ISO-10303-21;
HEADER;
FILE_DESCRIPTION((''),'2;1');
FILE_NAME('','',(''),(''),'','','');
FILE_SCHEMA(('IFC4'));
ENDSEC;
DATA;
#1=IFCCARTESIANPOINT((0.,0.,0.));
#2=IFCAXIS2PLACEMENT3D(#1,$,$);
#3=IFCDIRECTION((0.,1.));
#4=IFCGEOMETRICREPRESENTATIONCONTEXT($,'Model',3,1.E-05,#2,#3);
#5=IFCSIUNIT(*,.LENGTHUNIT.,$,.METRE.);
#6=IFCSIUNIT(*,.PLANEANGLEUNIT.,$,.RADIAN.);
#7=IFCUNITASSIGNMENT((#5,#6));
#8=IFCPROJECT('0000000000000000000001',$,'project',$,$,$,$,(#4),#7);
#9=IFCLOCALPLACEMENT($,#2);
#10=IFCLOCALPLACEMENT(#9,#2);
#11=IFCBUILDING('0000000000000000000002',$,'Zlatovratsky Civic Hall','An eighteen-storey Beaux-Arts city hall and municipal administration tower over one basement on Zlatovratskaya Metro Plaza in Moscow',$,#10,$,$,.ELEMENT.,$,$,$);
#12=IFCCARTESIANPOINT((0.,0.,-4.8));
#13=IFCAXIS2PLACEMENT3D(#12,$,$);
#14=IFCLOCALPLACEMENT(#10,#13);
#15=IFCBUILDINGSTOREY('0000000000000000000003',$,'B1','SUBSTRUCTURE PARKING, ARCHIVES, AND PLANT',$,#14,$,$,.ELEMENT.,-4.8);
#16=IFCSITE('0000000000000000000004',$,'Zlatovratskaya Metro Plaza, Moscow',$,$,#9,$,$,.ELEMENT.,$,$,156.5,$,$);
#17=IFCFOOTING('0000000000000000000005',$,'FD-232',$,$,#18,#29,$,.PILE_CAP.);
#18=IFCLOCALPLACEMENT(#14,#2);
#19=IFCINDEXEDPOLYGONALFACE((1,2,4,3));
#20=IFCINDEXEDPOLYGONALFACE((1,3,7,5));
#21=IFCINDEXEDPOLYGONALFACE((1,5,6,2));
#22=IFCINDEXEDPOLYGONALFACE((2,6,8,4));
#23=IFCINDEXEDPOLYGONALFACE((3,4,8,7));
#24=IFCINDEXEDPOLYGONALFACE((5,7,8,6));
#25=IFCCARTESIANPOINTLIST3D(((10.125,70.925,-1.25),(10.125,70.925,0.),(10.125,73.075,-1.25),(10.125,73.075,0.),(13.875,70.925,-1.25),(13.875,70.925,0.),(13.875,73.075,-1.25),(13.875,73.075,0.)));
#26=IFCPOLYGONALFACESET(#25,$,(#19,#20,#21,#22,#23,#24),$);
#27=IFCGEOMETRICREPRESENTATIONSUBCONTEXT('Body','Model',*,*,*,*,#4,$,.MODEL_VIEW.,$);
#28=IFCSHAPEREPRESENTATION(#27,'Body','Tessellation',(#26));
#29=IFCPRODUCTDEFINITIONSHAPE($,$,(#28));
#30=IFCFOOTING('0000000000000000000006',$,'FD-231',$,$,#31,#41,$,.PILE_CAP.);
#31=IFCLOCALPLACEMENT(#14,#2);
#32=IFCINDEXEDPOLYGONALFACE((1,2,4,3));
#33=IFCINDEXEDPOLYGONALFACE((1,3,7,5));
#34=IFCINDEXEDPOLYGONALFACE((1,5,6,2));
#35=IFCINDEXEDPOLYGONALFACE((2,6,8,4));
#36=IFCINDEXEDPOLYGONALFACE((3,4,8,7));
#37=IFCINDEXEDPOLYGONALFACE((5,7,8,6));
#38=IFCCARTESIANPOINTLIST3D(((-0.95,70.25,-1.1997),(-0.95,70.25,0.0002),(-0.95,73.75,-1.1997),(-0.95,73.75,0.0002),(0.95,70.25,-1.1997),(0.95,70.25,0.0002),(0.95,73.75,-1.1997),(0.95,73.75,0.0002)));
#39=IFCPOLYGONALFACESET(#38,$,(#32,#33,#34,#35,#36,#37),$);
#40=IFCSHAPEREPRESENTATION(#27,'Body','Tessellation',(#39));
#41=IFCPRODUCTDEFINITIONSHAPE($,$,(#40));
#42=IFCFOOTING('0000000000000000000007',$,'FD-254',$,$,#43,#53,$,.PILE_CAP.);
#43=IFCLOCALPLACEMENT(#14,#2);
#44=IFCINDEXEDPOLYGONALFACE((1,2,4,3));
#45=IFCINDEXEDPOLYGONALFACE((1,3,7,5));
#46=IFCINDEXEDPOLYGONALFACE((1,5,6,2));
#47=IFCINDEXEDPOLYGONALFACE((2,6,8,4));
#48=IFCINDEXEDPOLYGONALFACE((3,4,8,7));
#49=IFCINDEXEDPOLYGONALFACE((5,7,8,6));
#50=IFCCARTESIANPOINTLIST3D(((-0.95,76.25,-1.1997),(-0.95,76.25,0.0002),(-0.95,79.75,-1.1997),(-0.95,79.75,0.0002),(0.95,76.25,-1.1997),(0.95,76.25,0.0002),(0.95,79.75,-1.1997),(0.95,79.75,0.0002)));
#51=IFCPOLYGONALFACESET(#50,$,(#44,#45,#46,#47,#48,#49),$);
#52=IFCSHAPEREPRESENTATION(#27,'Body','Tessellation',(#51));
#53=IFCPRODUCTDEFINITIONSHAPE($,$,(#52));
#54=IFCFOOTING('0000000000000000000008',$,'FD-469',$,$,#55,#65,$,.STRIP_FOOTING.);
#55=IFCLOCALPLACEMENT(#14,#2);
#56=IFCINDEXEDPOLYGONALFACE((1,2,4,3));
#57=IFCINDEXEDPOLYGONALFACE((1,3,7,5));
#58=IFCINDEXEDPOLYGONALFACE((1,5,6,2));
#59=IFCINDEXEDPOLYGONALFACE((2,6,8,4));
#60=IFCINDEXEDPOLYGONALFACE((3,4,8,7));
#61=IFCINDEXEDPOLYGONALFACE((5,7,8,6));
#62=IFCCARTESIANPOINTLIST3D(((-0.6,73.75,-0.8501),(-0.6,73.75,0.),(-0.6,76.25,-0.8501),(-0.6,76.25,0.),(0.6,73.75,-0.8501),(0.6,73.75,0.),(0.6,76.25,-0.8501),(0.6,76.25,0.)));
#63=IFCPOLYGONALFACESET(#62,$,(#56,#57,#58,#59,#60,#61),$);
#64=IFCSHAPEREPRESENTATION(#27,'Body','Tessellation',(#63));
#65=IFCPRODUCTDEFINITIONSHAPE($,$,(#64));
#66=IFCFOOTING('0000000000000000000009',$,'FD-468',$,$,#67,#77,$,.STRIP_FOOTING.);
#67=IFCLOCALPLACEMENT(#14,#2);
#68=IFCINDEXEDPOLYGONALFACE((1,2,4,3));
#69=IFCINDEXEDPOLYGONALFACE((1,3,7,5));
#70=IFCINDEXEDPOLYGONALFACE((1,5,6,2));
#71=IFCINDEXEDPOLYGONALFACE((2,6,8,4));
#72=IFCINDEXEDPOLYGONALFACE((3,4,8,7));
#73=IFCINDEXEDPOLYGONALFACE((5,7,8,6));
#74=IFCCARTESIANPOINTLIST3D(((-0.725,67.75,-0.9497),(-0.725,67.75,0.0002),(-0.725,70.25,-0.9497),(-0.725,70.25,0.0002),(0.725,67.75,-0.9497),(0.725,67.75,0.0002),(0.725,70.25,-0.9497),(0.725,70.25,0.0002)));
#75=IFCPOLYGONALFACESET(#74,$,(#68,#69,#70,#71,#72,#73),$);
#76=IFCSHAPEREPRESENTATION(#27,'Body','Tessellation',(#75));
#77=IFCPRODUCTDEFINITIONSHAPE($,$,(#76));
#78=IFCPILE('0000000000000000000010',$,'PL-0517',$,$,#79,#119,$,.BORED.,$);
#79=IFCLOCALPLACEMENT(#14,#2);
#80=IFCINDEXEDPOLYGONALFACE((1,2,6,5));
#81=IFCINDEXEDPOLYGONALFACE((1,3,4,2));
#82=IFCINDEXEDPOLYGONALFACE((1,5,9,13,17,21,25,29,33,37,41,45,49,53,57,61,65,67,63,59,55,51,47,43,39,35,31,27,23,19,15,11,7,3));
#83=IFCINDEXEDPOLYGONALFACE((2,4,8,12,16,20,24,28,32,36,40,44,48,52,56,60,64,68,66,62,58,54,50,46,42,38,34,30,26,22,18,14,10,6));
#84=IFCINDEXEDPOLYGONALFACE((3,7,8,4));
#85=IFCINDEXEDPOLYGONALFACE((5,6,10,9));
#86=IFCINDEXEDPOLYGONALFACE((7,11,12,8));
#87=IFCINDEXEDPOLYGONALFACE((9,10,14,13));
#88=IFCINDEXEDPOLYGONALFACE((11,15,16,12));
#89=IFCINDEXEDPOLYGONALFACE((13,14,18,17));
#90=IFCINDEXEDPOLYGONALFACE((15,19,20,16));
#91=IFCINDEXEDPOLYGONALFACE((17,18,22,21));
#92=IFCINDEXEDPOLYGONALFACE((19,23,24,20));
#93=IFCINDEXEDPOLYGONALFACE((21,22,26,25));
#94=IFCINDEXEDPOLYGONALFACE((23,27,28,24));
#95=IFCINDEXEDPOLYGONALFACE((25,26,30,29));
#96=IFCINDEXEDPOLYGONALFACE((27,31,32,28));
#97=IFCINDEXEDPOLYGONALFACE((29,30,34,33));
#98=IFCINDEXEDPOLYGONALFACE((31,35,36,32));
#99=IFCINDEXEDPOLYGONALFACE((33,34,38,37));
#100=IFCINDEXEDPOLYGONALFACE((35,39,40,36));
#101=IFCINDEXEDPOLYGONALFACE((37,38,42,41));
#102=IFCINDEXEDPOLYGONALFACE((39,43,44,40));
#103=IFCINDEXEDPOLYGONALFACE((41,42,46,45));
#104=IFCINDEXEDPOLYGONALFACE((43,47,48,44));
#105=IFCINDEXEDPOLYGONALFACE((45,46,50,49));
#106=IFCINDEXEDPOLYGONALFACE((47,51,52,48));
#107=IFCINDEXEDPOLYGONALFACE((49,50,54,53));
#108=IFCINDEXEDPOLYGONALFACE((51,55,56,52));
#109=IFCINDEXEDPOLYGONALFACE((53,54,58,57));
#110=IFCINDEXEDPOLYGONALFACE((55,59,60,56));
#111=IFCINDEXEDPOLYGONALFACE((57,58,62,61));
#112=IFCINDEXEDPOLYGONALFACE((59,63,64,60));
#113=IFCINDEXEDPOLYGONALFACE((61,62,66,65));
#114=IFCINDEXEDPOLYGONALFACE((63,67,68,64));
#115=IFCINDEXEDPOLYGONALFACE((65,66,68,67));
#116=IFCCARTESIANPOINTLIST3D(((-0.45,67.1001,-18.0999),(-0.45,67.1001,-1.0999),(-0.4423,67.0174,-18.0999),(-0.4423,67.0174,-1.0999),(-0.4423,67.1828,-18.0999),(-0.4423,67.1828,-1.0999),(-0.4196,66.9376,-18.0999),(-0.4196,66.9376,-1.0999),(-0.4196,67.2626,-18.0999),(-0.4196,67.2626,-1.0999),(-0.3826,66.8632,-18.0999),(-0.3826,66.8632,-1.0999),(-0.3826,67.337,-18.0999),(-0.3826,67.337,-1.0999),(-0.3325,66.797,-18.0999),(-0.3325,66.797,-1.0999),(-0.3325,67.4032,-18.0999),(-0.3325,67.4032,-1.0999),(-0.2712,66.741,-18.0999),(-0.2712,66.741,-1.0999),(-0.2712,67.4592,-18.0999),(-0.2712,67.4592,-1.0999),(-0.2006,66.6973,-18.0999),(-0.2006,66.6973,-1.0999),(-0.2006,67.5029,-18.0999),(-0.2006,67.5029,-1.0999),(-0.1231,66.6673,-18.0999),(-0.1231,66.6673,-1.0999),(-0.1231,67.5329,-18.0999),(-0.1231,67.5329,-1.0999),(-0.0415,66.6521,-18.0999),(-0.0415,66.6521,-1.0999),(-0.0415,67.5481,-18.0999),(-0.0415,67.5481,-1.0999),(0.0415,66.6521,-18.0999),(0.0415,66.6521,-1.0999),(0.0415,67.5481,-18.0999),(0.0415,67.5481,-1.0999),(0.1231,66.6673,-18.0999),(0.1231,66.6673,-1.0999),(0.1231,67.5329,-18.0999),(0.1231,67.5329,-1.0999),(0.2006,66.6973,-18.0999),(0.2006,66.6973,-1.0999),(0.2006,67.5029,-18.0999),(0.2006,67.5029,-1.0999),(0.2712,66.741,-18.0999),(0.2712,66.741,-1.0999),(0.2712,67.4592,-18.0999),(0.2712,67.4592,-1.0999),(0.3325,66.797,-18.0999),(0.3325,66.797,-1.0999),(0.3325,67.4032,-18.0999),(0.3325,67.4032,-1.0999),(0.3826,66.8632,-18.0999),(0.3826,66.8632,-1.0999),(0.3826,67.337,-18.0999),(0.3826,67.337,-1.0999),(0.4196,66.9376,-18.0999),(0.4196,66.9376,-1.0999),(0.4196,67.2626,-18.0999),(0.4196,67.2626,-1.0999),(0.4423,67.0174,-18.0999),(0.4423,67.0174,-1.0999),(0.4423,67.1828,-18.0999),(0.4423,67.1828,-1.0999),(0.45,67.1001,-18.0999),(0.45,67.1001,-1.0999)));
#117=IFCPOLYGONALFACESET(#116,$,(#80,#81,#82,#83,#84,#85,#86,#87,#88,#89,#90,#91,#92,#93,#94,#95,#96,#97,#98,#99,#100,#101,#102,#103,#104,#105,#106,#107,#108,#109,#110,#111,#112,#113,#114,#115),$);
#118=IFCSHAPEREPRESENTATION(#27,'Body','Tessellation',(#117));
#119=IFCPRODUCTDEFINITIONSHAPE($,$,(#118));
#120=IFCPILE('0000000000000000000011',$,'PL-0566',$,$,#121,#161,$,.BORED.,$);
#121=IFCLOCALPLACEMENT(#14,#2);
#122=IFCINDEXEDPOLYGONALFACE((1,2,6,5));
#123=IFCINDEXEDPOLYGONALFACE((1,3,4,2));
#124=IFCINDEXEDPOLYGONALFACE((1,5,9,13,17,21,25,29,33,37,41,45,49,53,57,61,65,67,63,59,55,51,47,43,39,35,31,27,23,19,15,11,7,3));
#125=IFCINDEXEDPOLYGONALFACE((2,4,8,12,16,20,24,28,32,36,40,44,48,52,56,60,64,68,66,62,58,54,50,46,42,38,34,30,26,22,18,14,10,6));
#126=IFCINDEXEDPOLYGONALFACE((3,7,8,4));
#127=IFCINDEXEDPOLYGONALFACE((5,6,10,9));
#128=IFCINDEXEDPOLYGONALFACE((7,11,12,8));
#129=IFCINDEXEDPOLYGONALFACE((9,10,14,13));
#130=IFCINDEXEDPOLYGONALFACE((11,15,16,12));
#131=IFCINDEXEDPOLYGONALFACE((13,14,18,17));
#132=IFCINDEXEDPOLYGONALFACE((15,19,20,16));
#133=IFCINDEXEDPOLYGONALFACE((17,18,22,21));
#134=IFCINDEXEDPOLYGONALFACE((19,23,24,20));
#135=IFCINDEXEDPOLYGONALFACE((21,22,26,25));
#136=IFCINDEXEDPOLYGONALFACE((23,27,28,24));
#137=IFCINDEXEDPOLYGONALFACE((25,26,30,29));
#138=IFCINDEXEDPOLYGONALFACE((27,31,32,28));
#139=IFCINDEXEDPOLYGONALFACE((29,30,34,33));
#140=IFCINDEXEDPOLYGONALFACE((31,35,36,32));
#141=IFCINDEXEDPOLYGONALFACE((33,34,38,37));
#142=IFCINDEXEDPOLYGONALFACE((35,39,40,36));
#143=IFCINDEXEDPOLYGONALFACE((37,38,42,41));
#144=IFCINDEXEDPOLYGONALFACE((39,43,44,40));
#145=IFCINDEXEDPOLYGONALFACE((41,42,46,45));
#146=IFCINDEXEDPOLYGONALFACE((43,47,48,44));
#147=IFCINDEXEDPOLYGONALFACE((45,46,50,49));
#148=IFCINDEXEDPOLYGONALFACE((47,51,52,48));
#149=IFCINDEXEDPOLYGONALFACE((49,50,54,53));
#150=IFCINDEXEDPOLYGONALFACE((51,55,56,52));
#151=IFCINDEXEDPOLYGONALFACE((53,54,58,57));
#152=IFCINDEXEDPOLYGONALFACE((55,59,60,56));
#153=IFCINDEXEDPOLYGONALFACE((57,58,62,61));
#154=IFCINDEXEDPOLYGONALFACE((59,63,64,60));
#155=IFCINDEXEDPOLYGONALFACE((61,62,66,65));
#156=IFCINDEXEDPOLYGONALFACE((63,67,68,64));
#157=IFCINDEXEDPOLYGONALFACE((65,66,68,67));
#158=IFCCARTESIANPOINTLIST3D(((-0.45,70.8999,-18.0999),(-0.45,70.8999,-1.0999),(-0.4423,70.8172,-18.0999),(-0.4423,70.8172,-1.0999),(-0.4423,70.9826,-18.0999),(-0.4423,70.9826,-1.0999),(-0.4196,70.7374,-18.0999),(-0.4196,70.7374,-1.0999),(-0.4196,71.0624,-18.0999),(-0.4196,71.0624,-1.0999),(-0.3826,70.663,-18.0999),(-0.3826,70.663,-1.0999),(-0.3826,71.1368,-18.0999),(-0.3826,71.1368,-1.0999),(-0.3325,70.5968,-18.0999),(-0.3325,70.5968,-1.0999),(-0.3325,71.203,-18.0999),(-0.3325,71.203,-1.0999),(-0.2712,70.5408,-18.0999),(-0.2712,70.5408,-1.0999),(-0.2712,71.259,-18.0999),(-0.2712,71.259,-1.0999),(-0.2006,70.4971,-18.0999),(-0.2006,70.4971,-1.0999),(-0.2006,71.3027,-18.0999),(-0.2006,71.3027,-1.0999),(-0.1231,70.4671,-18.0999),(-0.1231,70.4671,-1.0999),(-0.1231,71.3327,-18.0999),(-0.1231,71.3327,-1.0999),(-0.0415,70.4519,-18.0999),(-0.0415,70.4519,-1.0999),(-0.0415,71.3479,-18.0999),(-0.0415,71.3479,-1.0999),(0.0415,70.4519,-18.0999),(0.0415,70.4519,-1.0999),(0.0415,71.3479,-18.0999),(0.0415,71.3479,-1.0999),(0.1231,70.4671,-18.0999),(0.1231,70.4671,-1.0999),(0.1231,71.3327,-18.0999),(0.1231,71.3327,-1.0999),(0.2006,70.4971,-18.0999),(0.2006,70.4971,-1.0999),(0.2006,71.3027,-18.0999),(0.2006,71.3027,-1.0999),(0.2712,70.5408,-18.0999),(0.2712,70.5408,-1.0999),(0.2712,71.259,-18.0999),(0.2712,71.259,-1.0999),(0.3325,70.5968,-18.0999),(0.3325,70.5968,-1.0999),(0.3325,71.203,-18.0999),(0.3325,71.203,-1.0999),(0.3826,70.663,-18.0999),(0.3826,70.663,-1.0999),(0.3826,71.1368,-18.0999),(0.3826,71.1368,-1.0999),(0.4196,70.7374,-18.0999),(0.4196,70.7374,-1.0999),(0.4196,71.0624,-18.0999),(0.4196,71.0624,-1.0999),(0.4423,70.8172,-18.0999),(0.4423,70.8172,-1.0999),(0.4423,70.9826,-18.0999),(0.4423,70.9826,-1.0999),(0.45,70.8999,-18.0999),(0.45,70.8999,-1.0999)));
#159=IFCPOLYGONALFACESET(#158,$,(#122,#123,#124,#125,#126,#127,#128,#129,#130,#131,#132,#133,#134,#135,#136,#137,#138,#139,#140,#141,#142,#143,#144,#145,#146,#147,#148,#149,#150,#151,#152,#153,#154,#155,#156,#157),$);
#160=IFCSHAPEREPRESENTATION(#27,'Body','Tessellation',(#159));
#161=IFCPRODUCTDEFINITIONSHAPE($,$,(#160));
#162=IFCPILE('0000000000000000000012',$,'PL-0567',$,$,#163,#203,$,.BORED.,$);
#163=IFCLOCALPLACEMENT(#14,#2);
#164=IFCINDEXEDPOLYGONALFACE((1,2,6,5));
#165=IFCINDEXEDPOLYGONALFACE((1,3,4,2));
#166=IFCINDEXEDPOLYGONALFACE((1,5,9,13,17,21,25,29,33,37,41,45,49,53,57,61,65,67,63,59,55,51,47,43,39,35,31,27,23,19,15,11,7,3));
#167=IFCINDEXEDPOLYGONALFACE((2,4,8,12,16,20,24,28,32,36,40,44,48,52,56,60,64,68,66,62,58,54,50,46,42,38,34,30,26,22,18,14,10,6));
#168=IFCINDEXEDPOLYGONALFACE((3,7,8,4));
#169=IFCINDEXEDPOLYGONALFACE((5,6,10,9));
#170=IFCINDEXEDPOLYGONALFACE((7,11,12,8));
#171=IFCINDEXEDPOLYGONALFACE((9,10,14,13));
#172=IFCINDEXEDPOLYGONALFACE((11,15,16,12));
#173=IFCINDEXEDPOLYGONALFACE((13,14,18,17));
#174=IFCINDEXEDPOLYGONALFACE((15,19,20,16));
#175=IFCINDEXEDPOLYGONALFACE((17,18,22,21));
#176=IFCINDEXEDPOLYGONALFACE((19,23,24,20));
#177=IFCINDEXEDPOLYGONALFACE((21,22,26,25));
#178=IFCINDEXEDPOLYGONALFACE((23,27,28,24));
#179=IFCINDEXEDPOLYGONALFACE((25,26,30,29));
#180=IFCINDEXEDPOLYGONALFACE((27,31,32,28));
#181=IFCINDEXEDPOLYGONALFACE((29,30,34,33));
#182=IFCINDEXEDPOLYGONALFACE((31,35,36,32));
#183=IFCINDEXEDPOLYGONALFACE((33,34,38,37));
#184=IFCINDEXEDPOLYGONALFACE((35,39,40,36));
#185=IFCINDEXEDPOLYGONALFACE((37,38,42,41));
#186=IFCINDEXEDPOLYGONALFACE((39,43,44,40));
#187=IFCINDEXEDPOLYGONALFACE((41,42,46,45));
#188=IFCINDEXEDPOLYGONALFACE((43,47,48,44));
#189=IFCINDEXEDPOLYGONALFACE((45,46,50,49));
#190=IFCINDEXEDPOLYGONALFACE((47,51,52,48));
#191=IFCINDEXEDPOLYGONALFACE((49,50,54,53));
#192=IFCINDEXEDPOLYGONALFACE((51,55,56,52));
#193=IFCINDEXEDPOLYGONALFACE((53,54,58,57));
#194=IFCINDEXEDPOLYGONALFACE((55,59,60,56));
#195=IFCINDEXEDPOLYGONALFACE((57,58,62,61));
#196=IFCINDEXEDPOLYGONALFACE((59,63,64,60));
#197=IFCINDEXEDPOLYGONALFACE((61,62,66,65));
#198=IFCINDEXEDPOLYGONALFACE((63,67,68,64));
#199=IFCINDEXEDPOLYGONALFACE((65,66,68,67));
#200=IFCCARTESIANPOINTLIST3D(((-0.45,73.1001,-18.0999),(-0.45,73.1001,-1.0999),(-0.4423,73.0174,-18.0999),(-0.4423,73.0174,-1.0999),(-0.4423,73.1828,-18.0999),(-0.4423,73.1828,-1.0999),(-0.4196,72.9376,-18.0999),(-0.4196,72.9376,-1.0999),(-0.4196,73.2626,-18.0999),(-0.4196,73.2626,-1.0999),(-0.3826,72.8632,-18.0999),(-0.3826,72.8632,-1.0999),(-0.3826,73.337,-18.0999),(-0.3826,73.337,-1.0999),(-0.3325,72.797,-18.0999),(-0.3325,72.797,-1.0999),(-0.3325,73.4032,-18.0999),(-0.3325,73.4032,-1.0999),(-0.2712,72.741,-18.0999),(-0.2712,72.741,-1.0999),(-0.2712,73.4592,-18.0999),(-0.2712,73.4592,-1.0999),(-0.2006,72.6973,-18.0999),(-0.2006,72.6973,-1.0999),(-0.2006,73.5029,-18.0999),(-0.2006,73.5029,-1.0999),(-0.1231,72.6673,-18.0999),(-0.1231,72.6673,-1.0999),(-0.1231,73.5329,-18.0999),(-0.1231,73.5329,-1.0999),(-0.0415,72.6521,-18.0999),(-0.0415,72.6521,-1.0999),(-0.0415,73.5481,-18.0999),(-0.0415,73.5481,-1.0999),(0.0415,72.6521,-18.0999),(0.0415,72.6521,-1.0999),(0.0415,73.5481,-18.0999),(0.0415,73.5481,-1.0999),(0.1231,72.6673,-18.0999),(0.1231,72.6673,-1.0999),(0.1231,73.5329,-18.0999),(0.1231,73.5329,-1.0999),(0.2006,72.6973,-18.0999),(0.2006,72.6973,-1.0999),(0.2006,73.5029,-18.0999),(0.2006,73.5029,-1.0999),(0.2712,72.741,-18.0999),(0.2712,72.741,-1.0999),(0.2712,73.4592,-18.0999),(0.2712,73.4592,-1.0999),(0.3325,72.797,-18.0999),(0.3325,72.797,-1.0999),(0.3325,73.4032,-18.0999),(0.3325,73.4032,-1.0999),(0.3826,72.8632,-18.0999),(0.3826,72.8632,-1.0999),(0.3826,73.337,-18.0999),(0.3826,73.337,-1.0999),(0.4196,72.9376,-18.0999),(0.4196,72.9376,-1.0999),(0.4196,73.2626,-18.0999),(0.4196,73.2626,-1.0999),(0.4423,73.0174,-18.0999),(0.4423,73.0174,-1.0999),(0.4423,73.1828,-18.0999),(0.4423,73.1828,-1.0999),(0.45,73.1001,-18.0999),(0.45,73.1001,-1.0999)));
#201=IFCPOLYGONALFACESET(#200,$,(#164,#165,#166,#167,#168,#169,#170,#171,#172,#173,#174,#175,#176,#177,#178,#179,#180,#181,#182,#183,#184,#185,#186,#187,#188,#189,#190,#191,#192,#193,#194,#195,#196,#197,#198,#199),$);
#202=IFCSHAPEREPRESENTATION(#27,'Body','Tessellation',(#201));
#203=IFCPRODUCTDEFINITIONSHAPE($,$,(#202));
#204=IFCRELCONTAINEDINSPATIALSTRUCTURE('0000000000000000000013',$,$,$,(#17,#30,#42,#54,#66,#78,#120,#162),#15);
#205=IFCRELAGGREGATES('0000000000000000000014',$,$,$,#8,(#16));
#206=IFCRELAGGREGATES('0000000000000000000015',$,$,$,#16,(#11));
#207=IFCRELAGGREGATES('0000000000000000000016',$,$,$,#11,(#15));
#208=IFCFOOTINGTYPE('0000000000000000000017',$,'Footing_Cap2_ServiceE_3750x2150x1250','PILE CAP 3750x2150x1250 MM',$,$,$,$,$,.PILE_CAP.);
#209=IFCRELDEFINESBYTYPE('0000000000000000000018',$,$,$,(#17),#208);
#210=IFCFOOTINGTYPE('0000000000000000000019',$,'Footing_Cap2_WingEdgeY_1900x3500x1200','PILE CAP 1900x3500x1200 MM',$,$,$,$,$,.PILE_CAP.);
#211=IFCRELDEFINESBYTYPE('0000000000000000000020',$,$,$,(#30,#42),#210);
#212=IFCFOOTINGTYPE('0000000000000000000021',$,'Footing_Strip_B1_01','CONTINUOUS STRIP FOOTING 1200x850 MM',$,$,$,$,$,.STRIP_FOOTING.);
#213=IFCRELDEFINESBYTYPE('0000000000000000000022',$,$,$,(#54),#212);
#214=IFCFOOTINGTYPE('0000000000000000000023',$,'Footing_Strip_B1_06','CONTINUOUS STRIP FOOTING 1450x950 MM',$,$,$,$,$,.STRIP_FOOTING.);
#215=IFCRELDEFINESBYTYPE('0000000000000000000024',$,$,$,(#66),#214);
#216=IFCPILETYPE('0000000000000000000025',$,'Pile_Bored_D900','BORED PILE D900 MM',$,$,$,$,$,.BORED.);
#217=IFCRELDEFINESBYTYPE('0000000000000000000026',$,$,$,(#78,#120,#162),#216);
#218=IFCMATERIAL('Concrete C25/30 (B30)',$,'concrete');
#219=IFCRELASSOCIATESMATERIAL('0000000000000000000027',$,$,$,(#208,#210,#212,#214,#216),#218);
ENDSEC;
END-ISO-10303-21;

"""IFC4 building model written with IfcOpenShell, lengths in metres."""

from ifc_helpers import new_model, si_unit, direction, frame, origin, origin_2d, place, context, subcontext, project, spatial, rectangle, circle, extrude, material, material_profile, profile_set, type_object, element, save


model = new_model("IFC4")

# Units and contexts
model_context = context("Model", 3, precision=1e-05, world=origin(), true_north=direction((0.0, 1.0)))
body_context = subcontext(model_context, "Body", "Model", "MODEL_VIEW")
ifc_project = project(units=[si_unit("LENGTHUNIT", "METRE"), si_unit("PLANEANGLEUNIT", "RADIAN")], contexts=[model_context])

# Site, building, storey
site_placement = place(None, origin())
site = spatial("IfcSite", under=ifc_project, at=site_placement, Name="Zlatovratskaya Metro Plaza, Moscow", CompositionType="ELEMENT", RefElevation=156.5)
building_placement = place(site_placement, origin())
building = spatial("IfcBuilding", under=site, at=building_placement, Name="Zlatovratsky Civic Hall", Description="An eighteen-storey Beaux-Arts city hall and municipal administration tower over one basement on Zlatovratskaya Metro Plaza in Moscow", CompositionType="ELEMENT")
storey_placement = place(building_placement, frame((0.0, 0.0, -4.8)))
storey = spatial("IfcBuildingStorey", under=building, at=storey_placement, Name="B1", Description="SUBSTRUCTURE PARKING, ARCHIVES, AND PLANT", CompositionType="ELEMENT", Elevation=-4.8)

# Footings
ifc_material_1 = material(Name="Concrete C25/30 (B30)", Category="concrete")
footing_type_1 = type_object("IfcFootingType", Name="Footing_Cap2_ServiceE_3750x2150x1250", Description="PILE CAP 3750x2150x1250 MM", PredefinedType="PILE_CAP", material=ifc_material_1)
footing_1_placement = place(storey_placement, frame((12.0, 72.0, -1.25), z_axis=(0.0, 0.0, 1.0), x_axis=(1.0, 0.0, 0.0)))
element("IfcFooting", 1, at=footing_1_placement, inside=storey, type_object=footing_type_1, Name="FD-232", PredefinedType="PILE_CAP", context=body_context, shape_type="SweptSolid", body=[
    extrude(rectangle(XDim=3.75, YDim=2.1499, at=origin_2d()), origin(), (0.0, 0.0, 1.0), 1.25),
])
footing_type_2 = type_object("IfcFootingType", Name="Footing_Cap2_WingEdgeY_1900x3500x1200", Description="PILE CAP 1900x3500x1200 MM", PredefinedType="PILE_CAP", material=ifc_material_1)
for number, where, z_axis, x_axis, name in (
    (2, (0.0, 72.0, -1.1997), (0.0, 0.0, 1.0), (1.0, 0.0, 0.0), "FD-231"),
    (3, (0.0, 78.0, -1.1997), (0.0, 0.0, 1.0), (1.0, 0.0, 0.0), "FD-254"),
):
    element("IfcFooting", number, at=place(storey_placement, frame(where, z_axis=z_axis, x_axis=x_axis)), inside=storey, type_object=footing_type_2, Name=name, PredefinedType="PILE_CAP", context=body_context, shape_type="SweptSolid", body=[
        extrude(rectangle(XDim=1.8999, YDim=3.5, at=origin_2d()), origin(), (0.0, 0.0, 1.0), 1.2),
    ])
footing_type_3 = type_object("IfcFootingType", Name="Footing_Strip_B1_01", Description="CONTINUOUS STRIP FOOTING 1200x850 MM", PredefinedType="STRIP_FOOTING", material=ifc_material_1)
footing_2_placement = place(storey_placement, frame((0.0, 75.0, -0.8501), z_axis=(0.0, 0.0, 1.0), x_axis=(1.0, 0.0, 0.0)))
element("IfcFooting", 4, at=footing_2_placement, inside=storey, type_object=footing_type_3, Name="FD-469", PredefinedType="STRIP_FOOTING", context=body_context, shape_type="SweptSolid", body=[
    extrude(rectangle(XDim=1.2, YDim=2.5, at=origin_2d()), origin(), (0.0, 0.0, 1.0), 0.8501),
])
footing_type_4 = type_object("IfcFootingType", Name="Footing_Strip_B1_06", Description="CONTINUOUS STRIP FOOTING 1450x950 MM", PredefinedType="STRIP_FOOTING", material=ifc_material_1)
footing_3_placement = place(storey_placement, frame((0.0, 69.0, -0.9497), z_axis=(0.0, 0.0, 1.0), x_axis=(1.0, 0.0, 0.0)))
element("IfcFooting", 5, at=footing_3_placement, inside=storey, type_object=footing_type_4, Name="FD-468", PredefinedType="STRIP_FOOTING", context=body_context, shape_type="SweptSolid", body=[
    extrude(rectangle(XDim=1.45, YDim=2.5, at=origin_2d()), origin(), (0.0, 0.0, 1.0), 0.95),
])

# Piles
ifc_material_profile_1 = material_profile(ifc_material_1, circle(Radius=0.45, at=origin_2d()), Name="PILE D900")
ifc_profile_set_1 = profile_set([ifc_material_profile_1], Name="Concrete C25/30 (B30)")
pile_type = type_object("IfcPileType", Name="Pile_Bored_D900", Description="BORED PILE D900 MM", PredefinedType="BORED", material=ifc_profile_set_1)
for number, where, z_axis, x_axis, name in (
    (6, (0.0, 67.1001, -1.0999), (0.0, 0.0, -1.0), (1.0, 0.0, 0.0), "PL-0517"),
    (7, (0.0, 70.8999, -1.0999), (0.0, 0.0, -1.0), (1.0, 0.0, 0.0), "PL-0566"),
    (8, (0.0, 73.1001, -1.0999), (0.0, 0.0, -1.0), (1.0, 0.0, 0.0), "PL-0567"),
):
    element("IfcPile", number, at=place(storey_placement, frame(where, z_axis=z_axis, x_axis=x_axis)), inside=storey, type_object=pile_type, Name=name, PredefinedType="BORED", context=body_context, shape_type="SweptSolid", body=[
        extrude(circle(Radius=0.45, at=origin_2d()), origin(), (0.0, 0.0, 1.0), 17.0),
    ])

save(model, "model.ifc")
